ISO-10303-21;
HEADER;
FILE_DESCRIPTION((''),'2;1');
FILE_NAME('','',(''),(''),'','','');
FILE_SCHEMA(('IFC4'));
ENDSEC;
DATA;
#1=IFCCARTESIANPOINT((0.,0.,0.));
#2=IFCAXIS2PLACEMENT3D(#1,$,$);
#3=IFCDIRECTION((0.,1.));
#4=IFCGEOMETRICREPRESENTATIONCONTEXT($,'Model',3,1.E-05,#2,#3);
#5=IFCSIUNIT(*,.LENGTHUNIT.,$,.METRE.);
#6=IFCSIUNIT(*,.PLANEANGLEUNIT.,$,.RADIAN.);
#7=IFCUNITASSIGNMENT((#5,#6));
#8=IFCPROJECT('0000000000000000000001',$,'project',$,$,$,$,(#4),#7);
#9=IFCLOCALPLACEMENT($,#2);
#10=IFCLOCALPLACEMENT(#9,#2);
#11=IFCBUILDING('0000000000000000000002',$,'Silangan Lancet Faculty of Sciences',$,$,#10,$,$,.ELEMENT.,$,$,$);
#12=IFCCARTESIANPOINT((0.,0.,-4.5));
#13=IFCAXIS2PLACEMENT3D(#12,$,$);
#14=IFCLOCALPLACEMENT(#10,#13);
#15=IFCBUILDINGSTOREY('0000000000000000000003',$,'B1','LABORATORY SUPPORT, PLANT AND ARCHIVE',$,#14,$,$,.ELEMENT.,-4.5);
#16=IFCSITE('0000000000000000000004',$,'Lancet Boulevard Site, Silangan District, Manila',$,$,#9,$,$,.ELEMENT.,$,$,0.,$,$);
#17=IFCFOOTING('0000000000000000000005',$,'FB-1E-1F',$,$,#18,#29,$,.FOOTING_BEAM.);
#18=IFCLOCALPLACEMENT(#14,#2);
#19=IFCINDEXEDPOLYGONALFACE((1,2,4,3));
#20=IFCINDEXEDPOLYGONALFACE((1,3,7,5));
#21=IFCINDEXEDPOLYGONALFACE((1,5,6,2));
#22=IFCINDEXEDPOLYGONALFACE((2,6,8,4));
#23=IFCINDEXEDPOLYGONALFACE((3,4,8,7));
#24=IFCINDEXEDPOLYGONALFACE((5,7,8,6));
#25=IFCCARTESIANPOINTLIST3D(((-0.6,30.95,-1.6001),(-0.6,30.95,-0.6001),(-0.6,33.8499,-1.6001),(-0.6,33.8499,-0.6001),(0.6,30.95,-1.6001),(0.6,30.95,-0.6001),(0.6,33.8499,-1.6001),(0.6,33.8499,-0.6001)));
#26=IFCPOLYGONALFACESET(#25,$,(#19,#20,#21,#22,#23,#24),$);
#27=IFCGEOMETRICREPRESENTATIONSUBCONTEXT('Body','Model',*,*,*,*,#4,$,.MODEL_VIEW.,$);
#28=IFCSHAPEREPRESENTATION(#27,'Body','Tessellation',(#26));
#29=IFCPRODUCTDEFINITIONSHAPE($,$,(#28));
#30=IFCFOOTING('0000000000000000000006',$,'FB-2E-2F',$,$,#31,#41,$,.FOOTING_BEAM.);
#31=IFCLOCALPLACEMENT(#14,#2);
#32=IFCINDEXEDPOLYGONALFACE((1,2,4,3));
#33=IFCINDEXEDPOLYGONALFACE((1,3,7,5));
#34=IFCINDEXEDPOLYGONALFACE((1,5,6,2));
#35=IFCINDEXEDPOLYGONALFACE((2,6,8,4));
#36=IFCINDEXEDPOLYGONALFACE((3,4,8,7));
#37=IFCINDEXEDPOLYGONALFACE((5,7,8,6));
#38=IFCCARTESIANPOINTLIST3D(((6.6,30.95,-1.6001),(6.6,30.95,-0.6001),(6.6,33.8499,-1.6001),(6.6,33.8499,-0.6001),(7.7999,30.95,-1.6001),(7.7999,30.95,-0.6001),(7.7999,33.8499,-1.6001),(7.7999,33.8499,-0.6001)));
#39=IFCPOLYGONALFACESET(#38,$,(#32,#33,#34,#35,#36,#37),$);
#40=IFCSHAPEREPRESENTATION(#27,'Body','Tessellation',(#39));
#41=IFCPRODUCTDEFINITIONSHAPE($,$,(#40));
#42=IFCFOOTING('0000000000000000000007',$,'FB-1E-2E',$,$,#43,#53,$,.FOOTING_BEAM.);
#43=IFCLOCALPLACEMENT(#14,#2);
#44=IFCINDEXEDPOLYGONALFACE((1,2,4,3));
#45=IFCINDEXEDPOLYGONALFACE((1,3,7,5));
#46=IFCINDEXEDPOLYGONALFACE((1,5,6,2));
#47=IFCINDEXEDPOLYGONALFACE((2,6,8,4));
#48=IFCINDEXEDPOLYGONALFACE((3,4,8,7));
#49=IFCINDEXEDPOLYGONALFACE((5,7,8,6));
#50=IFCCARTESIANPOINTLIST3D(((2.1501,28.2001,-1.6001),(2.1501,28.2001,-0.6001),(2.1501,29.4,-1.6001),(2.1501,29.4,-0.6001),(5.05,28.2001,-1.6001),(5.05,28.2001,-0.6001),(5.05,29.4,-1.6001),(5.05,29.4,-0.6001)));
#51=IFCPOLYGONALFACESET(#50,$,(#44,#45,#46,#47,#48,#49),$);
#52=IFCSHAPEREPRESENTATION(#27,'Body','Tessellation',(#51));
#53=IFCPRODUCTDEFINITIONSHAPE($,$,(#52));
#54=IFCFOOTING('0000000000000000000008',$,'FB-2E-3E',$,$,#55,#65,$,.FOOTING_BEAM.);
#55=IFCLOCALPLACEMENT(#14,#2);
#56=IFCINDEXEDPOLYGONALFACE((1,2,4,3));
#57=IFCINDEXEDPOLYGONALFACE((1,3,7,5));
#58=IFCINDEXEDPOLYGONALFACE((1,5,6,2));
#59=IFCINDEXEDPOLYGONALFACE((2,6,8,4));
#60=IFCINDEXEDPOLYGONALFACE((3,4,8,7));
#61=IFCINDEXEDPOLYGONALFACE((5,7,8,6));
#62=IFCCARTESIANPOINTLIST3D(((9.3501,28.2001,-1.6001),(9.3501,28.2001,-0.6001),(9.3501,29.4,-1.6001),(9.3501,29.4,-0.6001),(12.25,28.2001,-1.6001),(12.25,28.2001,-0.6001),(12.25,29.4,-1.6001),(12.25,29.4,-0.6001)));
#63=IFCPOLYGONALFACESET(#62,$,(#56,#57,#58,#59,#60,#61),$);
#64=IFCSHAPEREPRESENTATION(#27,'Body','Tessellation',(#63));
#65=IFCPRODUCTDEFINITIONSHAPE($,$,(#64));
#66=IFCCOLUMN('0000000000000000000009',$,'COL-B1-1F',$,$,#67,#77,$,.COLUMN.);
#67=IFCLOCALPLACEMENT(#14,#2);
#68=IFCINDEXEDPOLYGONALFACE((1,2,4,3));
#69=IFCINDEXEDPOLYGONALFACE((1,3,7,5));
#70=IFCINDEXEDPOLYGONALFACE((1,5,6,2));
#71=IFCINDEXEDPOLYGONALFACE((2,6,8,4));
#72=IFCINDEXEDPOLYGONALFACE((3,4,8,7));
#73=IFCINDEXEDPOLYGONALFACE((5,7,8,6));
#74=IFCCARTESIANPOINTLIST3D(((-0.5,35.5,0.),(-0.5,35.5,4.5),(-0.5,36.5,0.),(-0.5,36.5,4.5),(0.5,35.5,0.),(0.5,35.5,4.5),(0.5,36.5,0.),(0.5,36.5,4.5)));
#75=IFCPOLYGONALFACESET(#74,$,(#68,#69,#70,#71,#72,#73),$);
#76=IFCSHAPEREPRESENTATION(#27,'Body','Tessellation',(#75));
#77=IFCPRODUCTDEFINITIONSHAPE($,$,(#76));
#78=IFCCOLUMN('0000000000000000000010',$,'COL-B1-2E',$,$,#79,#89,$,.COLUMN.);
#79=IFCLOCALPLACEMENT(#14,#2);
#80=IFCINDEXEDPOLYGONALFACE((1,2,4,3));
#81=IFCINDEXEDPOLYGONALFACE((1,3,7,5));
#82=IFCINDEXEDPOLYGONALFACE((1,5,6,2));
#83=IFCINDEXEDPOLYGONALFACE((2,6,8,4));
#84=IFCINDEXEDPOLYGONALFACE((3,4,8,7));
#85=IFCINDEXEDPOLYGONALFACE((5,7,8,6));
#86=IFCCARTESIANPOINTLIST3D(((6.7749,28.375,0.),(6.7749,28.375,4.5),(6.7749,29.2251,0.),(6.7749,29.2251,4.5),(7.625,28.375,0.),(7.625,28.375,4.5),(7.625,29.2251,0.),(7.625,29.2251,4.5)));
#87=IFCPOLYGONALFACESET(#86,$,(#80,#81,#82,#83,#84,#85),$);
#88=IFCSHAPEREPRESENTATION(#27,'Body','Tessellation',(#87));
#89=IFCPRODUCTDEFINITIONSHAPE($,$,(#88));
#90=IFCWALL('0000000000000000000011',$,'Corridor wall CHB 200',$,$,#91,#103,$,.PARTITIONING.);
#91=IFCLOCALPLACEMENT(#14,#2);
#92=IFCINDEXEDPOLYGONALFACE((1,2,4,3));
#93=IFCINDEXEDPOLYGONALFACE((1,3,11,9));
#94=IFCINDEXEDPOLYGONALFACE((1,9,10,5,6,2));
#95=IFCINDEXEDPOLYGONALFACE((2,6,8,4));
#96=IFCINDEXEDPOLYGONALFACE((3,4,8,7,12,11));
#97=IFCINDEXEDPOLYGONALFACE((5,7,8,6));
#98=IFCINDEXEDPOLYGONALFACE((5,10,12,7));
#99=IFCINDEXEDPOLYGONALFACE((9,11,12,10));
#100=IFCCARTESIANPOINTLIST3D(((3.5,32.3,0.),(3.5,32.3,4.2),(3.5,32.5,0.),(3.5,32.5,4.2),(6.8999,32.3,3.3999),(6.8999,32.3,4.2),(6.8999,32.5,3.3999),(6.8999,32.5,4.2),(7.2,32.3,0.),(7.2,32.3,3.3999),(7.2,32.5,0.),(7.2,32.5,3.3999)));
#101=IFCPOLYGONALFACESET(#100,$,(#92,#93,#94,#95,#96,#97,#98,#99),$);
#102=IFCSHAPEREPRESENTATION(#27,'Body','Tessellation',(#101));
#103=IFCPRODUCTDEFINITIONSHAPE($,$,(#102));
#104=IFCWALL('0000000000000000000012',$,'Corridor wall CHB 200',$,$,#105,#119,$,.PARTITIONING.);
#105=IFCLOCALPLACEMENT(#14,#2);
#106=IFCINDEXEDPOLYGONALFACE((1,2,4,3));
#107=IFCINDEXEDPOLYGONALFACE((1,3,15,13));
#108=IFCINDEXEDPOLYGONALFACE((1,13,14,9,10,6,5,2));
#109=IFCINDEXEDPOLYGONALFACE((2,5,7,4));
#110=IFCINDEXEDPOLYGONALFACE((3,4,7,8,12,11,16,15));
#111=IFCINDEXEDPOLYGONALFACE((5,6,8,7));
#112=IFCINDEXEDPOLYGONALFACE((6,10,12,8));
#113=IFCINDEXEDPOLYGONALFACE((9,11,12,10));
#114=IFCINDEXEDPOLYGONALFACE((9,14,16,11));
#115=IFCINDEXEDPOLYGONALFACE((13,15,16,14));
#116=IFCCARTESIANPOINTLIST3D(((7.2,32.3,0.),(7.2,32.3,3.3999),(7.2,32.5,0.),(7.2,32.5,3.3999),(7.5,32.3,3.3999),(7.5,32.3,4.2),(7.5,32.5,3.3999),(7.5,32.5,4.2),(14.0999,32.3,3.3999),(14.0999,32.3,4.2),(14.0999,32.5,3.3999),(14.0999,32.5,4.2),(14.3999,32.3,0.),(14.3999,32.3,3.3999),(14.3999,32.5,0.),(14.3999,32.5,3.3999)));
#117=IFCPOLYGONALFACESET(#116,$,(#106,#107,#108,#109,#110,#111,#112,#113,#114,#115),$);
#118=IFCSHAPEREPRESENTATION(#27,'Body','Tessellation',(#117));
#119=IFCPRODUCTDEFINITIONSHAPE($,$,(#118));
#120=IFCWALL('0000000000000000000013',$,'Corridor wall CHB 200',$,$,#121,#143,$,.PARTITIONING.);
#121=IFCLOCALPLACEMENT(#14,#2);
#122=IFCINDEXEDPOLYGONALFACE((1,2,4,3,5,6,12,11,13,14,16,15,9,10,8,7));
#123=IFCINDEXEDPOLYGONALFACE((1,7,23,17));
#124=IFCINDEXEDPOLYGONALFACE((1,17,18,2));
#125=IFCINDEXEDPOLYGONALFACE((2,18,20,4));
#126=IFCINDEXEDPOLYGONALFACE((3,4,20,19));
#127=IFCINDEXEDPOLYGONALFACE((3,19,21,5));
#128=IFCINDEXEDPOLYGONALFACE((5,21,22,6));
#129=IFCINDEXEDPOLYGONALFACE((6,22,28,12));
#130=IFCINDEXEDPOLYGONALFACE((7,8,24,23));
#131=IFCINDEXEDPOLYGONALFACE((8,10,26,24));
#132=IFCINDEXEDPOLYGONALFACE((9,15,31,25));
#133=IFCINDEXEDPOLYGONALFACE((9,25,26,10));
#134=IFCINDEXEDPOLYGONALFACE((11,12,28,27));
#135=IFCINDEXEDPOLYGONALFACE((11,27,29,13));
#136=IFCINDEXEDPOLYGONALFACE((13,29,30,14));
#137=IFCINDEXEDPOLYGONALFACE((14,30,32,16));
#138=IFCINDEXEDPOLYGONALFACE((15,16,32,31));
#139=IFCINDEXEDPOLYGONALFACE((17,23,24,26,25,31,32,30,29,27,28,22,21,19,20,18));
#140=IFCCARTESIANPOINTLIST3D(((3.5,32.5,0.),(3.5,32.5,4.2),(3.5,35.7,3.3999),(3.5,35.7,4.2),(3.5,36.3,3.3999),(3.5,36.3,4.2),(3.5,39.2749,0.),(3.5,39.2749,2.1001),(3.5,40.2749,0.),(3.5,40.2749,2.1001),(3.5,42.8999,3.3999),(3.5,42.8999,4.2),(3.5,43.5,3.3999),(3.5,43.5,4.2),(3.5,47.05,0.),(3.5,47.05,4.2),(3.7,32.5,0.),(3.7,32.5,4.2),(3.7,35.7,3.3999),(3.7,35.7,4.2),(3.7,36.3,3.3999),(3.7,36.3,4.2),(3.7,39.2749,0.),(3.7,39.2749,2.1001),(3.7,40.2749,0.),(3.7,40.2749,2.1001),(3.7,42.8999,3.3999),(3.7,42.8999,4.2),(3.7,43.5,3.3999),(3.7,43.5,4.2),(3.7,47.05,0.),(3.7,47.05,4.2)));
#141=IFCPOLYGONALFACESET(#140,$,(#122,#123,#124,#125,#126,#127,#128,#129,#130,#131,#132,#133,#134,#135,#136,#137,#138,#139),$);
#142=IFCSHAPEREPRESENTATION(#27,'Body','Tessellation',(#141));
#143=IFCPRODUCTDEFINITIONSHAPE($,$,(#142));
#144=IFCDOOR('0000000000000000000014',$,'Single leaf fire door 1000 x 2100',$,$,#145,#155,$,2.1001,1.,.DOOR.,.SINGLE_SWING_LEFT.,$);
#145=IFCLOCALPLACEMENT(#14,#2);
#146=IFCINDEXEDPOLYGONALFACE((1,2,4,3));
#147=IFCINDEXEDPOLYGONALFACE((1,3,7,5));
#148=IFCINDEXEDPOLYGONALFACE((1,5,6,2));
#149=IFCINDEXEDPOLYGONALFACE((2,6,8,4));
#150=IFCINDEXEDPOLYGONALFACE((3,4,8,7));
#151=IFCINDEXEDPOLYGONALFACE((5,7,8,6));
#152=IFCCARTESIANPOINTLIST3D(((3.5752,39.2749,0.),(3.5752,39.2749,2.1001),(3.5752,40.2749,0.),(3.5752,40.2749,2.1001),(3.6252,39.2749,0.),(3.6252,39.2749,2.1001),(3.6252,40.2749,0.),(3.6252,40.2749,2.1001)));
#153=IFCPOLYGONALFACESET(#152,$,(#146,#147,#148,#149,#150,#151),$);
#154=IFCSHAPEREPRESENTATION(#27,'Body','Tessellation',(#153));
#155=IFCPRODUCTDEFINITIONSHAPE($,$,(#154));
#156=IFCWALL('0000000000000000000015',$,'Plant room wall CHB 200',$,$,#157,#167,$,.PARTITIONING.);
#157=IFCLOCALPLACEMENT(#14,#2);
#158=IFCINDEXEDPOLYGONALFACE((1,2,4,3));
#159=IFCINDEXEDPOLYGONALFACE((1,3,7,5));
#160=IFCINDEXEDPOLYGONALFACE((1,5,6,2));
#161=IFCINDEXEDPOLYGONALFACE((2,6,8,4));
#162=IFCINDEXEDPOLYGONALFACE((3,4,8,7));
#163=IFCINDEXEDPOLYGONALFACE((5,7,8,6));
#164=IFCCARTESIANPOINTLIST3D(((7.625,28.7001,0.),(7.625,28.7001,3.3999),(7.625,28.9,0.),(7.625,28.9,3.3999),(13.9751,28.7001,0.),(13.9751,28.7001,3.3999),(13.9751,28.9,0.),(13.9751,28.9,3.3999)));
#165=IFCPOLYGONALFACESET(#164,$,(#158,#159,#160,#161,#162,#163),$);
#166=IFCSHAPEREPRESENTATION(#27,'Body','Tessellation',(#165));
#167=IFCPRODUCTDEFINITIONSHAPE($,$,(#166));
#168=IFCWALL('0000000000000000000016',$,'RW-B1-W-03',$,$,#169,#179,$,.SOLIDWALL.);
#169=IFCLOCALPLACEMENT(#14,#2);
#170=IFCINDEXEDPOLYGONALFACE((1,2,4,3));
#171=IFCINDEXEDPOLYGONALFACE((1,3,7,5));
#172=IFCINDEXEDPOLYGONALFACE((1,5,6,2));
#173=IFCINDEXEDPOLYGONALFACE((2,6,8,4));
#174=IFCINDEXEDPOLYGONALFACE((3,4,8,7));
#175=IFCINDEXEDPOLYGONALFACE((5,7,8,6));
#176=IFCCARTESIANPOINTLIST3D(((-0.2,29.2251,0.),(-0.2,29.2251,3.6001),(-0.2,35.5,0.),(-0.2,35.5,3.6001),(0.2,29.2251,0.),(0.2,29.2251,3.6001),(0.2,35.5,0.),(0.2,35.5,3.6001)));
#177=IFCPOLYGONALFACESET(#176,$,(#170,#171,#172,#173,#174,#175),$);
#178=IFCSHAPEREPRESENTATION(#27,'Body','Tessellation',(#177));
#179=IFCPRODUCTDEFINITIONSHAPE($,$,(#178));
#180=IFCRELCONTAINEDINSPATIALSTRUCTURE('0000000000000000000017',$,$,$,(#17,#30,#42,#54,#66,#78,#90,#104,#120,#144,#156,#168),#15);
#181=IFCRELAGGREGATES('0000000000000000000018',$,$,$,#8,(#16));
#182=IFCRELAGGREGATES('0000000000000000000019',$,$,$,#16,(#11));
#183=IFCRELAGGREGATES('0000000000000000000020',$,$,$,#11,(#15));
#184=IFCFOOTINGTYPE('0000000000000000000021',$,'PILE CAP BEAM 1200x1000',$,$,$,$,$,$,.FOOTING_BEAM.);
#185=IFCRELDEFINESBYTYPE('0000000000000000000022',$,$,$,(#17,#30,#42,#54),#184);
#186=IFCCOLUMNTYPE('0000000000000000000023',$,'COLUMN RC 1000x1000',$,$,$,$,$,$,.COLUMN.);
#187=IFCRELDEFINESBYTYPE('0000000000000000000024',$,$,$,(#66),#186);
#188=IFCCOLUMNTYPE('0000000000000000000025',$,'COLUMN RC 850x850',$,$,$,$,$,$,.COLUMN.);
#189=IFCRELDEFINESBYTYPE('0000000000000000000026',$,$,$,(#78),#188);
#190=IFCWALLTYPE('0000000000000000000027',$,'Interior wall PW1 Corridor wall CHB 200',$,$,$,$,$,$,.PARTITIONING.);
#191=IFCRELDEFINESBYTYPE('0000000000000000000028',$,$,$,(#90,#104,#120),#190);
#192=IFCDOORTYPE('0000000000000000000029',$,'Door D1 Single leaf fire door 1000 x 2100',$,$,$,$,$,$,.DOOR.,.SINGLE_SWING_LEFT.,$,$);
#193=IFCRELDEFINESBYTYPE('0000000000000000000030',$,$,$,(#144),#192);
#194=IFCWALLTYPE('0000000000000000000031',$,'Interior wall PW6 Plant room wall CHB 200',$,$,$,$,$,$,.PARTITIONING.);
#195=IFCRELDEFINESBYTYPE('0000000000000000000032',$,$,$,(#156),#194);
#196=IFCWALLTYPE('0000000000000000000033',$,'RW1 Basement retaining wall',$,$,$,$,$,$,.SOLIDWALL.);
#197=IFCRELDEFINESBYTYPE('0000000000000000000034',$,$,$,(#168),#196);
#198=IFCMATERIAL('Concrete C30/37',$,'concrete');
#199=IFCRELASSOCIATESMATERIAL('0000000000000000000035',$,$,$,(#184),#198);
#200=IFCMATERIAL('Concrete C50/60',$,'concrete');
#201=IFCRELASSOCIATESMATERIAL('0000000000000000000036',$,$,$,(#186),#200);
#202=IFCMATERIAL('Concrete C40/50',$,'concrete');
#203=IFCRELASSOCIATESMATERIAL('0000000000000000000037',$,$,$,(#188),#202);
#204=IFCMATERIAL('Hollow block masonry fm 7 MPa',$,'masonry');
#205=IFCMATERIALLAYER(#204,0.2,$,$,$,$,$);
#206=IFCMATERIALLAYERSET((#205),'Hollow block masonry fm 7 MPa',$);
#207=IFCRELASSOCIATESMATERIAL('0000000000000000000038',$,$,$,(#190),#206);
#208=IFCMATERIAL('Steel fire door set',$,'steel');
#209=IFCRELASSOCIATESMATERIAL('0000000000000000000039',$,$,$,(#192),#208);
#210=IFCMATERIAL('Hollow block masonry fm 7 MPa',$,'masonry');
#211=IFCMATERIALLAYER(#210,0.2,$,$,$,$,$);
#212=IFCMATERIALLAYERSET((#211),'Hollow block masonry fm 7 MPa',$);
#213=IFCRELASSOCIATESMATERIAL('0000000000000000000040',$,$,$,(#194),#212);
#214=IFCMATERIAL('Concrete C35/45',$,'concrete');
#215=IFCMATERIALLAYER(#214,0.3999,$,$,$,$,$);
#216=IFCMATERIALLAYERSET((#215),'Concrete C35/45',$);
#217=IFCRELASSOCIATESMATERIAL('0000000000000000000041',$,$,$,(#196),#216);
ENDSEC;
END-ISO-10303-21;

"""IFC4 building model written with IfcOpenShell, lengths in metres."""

from ifc_helpers import new_model, si_unit, direction, frame, frame_2d, origin, origin_2d, place, context, subcontext, project, spatial, polyline, rectangle, outline, extrude, material, layer, layer_set, material_profile, profile_set, type_object, element, fill, save


model = new_model("IFC4")

# Units and contexts
model_context = context("Model", 3, precision=1e-05, world=origin(), true_north=direction((0.0, 1.0)))
body_context = subcontext(model_context, "Body", "Model", "MODEL_VIEW")
ifc_project = project(units=[si_unit("LENGTHUNIT", "METRE"), si_unit("PLANEANGLEUNIT", "RADIAN")], contexts=[model_context])

# Site, building, storey
site_placement = place(None, origin())
site = spatial("IfcSite", under=ifc_project, at=site_placement, Name="Lancet Boulevard Site, Silangan District, Manila", CompositionType="ELEMENT", RefElevation=0.0)
building_placement = place(site_placement, origin())
building = spatial("IfcBuilding", under=site, at=building_placement, Name="Silangan Lancet Faculty of Sciences", CompositionType="ELEMENT")
storey_placement = place(building_placement, frame((0.0, 0.0, -4.5)))
storey = spatial("IfcBuildingStorey", under=building, at=storey_placement, Name="B1", Description="LABORATORY SUPPORT, PLANT AND ARCHIVE", CompositionType="ELEMENT", Elevation=-4.5)

# Footings
ifc_material_1 = material(Name="Concrete C30/37", Category="concrete")
footing_type_1 = type_object("IfcFootingType", Name="PILE CAP BEAM 1200x1000", PredefinedType="FOOTING_BEAM", material=ifc_material_1)
for number, where, z_axis, x_axis, name in (
    (1, (0.0, 32.3999, -1.6001), (0.0, 0.0, 1.0), (0.0, 1.0, 0.0), "FB-1E-1F"),
    (2, (7.2, 32.3999, -1.6001), (0.0, 0.0, 1.0), (0.0, 1.0, 0.0), "FB-2E-2F"),
    (3, (3.6001, 28.8, -1.6001), (0.0, 0.0, 1.0), (1.0, 0.0, 0.0), "FB-1E-2E"),
    (4, (10.8, 28.8, -1.6001), (0.0, 0.0, 1.0), (1.0, 0.0, 0.0), "FB-2E-3E"),
):
    element("IfcFooting", number, at=place(storey_placement, frame(where, z_axis=z_axis, x_axis=x_axis)), inside=storey, type_object=footing_type_1, Name=name, PredefinedType="FOOTING_BEAM", context=body_context, shape_type="SweptSolid", body=[
        extrude(rectangle(XDim=2.8999, YDim=1.2, at=origin_2d()), origin(), (0.0, 0.0, 1.0), 1.0),
    ])

# Columns
ifc_material_2 = material(Name="Concrete C50/60", Category="concrete")
ifc_material_profile_1 = material_profile(ifc_material_2, rectangle(XDim=1.0, YDim=1.0, at=origin_2d()), Name="RC 1000x1000")
ifc_profile_set_1 = profile_set([ifc_material_profile_1], Name="Concrete C50/60")
column_type_1 = type_object("IfcColumnType", Name="COLUMN RC 1000x1000", PredefinedType="COLUMN", material=ifc_profile_set_1)
column_1_placement = place(storey_placement, frame((0.0, 36.0, 0.0), z_axis=(0.0, 0.0, 1.0), x_axis=(1.0, 0.0, 0.0)))
element("IfcColumn", 5, at=column_1_placement, inside=storey, type_object=column_type_1, Name="COL-B1-1F", PredefinedType="COLUMN", context=body_context, shape_type="SweptSolid", body=[
    extrude(rectangle(XDim=1.0, YDim=1.0, at=origin_2d()), origin(), (0.0, 0.0, 1.0), 4.5),
])
ifc_material_3 = material(Name="Concrete C40/50", Category="concrete")
ifc_material_profile_2 = material_profile(ifc_material_3, rectangle(XDim=0.8501, YDim=0.8501, at=origin_2d()), Name="RC 850x850")
ifc_profile_set_2 = profile_set([ifc_material_profile_2], Name="Concrete C40/50")
column_type_2 = type_object("IfcColumnType", Name="COLUMN RC 850x850", PredefinedType="COLUMN", material=ifc_profile_set_2)
column_2_placement = place(storey_placement, frame((7.2, 28.8, 0.0), z_axis=(0.0, 0.0, 1.0), x_axis=(1.0, 0.0, 0.0)))
element("IfcColumn", 6, at=column_2_placement, inside=storey, type_object=column_type_2, Name="COL-B1-2E", PredefinedType="COLUMN", context=body_context, shape_type="SweptSolid", body=[
    extrude(rectangle(XDim=0.8501, YDim=0.8501, at=origin_2d()), origin(), (0.0, 0.0, 1.0), 4.5),
])

# Walls
ifc_material_4 = material(Name="Hollow block masonry fm 7 MPa", Category="masonry")
ifc_layer_1 = layer(ifc_material_4, 0.2)
ifc_layer_set_1 = layer_set([ifc_layer_1], Name="Hollow block masonry fm 7 MPa")
wall_type_1 = type_object("IfcWallType", Name="Interior wall PW1 Corridor wall CHB 200", PredefinedType="PARTITIONING", material=ifc_layer_set_1)
wall_1_placement = place(storey_placement, frame((3.5, 32.3999, 0.0), z_axis=(0.0, 0.0, 1.0), x_axis=(1.0, 0.0, 0.0)))
element("IfcWall", 7, at=wall_1_placement, inside=storey, type_object=wall_type_1, Name="Corridor wall CHB 200", PredefinedType="PARTITIONING", context=body_context, shape_type="SweptSolid", body=[
    extrude(outline(polyline([(0.0, 0.0), (3.7, 0.0), (3.7, 3.3999), (3.3999, 3.3999), (3.3999, 4.2), (0.0, 4.2), (0.0, 0.0)])), frame((0.0, 0.1001, 0.0), z_axis=(0.0, -1.0, 0.0), x_axis=(1.0, 0.0, 0.0)), (0.0, 0.0, 1.0), 0.2),
])
wall_2_placement = place(storey_placement, frame((7.2, 32.3999, 0.0), z_axis=(0.0, 0.0, 1.0), x_axis=(1.0, 0.0, 0.0)))
element("IfcWall", 8, at=wall_2_placement, inside=storey, type_object=wall_type_1, Name="Corridor wall CHB 200", PredefinedType="PARTITIONING", context=body_context, shape_type="SweptSolid", body=[
    extrude(outline(polyline([(0.0, 0.0), (7.2, 0.0), (7.2, 3.3999), (6.8999, 3.3999), (6.8999, 4.2), (0.3, 4.2), (0.3, 3.3999), (0.0, 3.3999), (0.0, 0.0)])), frame((0.0, 0.1001, 0.0), z_axis=(0.0, -1.0, 0.0), x_axis=(1.0, 0.0, 0.0)), (0.0, 0.0, 1.0), 0.2),
])

# Wall, opening, door
wall_3_placement = place(storey_placement, frame((3.6001, 32.5, 0.0), z_axis=(0.0, 0.0, 1.0), x_axis=(0.0, 1.0, 0.0)))
wall_3 = element("IfcWall", 9, at=wall_3_placement, inside=storey, type_object=wall_type_1, Name="Corridor wall CHB 200", PredefinedType="PARTITIONING", context=body_context, shape_type="SweptSolid", body=[
    extrude(outline(polyline([(0.0, 0.0), (14.55, 0.0), (14.55, 4.2), (11.0, 4.2), (11.0, 3.3999), (10.3999, 3.3999), (10.3999, 4.2), (3.8, 4.2), (3.8, 3.3999), (3.2, 3.3999), (3.2, 4.2), (0.0, 4.2), (0.0, 0.0)])), frame((0.0, 0.1001, 0.0), z_axis=(0.0, -1.0, 0.0), x_axis=(1.0, 0.0, 0.0)), (0.0, 0.0, 1.0), 0.2),
])
opening_placement = place(wall_3_placement, frame((6.7749, 0.0, 0.0)))
opening = element("IfcOpeningElement", 10, at=opening_placement, cuts=wall_3, PredefinedType="OPENING", context=body_context, shape_type="SweptSolid", body=[
    extrude(rectangle(XDim=1.0, YDim=2.1001, at=frame_2d((0.5, 1.05))), frame((0.0, 0.1099, 0.0), z_axis=(0.0, -1.0, 0.0), x_axis=(1.0, 0.0, 0.0)), (0.0, 0.0, 1.0), 0.22),
])
ifc_material_5 = material(Name="Steel fire door set", Category="steel")
door_type = type_object("IfcDoorType", Name="Door D1 Single leaf fire door 1000 x 2100", OperationType="SINGLE_SWING_LEFT", PredefinedType="DOOR", material=ifc_material_5)
door_placement = place(opening_placement, frame((1.0, 0.0, 0.0), z_axis=(0.0, 0.0, 1.0), x_axis=(-1.0, 0.0, 0.0)))
door = element("IfcDoor", 11, at=door_placement, inside=storey, type_object=door_type, Name="Single leaf fire door 1000 x 2100", OperationType="SINGLE_SWING_LEFT", OverallHeight=2.1001, OverallWidth=1.0, PredefinedType="DOOR", context=body_context, shape_type="SweptSolid", body=[
    extrude(rectangle(XDim=1.0, YDim=2.1001, at=frame_2d((0.5, 1.05))), frame((0.0, 0.0251, 0.0), z_axis=(0.0, -1.0, 0.0), x_axis=(1.0, 0.0, 0.0)), (0.0, 0.0, 1.0), 0.05),
])
fill(opening, door)

# Walls
ifc_material_6 = material(Name="Hollow block masonry fm 7 MPa", Category="masonry")
ifc_layer_2 = layer(ifc_material_6, 0.2)
ifc_layer_set_2 = layer_set([ifc_layer_2], Name="Hollow block masonry fm 7 MPa")
wall_type_2 = type_object("IfcWallType", Name="Interior wall PW6 Plant room wall CHB 200", PredefinedType="PARTITIONING", material=ifc_layer_set_2)
wall_4_placement = place(storey_placement, frame((7.625, 28.8, 0.0), z_axis=(0.0, 0.0, 1.0), x_axis=(1.0, 0.0, 0.0)))
element("IfcWall", 12, at=wall_4_placement, inside=storey, type_object=wall_type_2, Name="Plant room wall CHB 200", PredefinedType="PARTITIONING", context=body_context, shape_type="SweptSolid", body=[
    extrude(rectangle(XDim=6.3501, YDim=0.2, at=frame_2d((3.175, 0.0))), origin(), (0.0, 0.0, 1.0), 3.3999),
])
ifc_material_7 = material(Name="Concrete C35/45", Category="concrete")
ifc_layer_3 = layer(ifc_material_7, 0.3999)
ifc_layer_set_3 = layer_set([ifc_layer_3], Name="Concrete C35/45")
wall_type_3 = type_object("IfcWallType", Name="RW1 Basement retaining wall", PredefinedType="SOLIDWALL", material=ifc_layer_set_3)
wall_5_placement = place(storey_placement, frame((0.0, 35.5, 0.0), z_axis=(0.0, 0.0, 1.0), x_axis=(0.0, -1.0, 0.0)))
element("IfcWall", 13, at=wall_5_placement, inside=storey, type_object=wall_type_3, Name="RW-B1-W-03", PredefinedType="SOLIDWALL", context=body_context, shape_type="SweptSolid", body=[
    extrude(rectangle(XDim=6.2749, YDim=0.3999, at=frame_2d((3.1375, 0.0))), origin(), (0.0, 0.0, 1.0), 3.6001),
])

save(model, "model.ifc")
